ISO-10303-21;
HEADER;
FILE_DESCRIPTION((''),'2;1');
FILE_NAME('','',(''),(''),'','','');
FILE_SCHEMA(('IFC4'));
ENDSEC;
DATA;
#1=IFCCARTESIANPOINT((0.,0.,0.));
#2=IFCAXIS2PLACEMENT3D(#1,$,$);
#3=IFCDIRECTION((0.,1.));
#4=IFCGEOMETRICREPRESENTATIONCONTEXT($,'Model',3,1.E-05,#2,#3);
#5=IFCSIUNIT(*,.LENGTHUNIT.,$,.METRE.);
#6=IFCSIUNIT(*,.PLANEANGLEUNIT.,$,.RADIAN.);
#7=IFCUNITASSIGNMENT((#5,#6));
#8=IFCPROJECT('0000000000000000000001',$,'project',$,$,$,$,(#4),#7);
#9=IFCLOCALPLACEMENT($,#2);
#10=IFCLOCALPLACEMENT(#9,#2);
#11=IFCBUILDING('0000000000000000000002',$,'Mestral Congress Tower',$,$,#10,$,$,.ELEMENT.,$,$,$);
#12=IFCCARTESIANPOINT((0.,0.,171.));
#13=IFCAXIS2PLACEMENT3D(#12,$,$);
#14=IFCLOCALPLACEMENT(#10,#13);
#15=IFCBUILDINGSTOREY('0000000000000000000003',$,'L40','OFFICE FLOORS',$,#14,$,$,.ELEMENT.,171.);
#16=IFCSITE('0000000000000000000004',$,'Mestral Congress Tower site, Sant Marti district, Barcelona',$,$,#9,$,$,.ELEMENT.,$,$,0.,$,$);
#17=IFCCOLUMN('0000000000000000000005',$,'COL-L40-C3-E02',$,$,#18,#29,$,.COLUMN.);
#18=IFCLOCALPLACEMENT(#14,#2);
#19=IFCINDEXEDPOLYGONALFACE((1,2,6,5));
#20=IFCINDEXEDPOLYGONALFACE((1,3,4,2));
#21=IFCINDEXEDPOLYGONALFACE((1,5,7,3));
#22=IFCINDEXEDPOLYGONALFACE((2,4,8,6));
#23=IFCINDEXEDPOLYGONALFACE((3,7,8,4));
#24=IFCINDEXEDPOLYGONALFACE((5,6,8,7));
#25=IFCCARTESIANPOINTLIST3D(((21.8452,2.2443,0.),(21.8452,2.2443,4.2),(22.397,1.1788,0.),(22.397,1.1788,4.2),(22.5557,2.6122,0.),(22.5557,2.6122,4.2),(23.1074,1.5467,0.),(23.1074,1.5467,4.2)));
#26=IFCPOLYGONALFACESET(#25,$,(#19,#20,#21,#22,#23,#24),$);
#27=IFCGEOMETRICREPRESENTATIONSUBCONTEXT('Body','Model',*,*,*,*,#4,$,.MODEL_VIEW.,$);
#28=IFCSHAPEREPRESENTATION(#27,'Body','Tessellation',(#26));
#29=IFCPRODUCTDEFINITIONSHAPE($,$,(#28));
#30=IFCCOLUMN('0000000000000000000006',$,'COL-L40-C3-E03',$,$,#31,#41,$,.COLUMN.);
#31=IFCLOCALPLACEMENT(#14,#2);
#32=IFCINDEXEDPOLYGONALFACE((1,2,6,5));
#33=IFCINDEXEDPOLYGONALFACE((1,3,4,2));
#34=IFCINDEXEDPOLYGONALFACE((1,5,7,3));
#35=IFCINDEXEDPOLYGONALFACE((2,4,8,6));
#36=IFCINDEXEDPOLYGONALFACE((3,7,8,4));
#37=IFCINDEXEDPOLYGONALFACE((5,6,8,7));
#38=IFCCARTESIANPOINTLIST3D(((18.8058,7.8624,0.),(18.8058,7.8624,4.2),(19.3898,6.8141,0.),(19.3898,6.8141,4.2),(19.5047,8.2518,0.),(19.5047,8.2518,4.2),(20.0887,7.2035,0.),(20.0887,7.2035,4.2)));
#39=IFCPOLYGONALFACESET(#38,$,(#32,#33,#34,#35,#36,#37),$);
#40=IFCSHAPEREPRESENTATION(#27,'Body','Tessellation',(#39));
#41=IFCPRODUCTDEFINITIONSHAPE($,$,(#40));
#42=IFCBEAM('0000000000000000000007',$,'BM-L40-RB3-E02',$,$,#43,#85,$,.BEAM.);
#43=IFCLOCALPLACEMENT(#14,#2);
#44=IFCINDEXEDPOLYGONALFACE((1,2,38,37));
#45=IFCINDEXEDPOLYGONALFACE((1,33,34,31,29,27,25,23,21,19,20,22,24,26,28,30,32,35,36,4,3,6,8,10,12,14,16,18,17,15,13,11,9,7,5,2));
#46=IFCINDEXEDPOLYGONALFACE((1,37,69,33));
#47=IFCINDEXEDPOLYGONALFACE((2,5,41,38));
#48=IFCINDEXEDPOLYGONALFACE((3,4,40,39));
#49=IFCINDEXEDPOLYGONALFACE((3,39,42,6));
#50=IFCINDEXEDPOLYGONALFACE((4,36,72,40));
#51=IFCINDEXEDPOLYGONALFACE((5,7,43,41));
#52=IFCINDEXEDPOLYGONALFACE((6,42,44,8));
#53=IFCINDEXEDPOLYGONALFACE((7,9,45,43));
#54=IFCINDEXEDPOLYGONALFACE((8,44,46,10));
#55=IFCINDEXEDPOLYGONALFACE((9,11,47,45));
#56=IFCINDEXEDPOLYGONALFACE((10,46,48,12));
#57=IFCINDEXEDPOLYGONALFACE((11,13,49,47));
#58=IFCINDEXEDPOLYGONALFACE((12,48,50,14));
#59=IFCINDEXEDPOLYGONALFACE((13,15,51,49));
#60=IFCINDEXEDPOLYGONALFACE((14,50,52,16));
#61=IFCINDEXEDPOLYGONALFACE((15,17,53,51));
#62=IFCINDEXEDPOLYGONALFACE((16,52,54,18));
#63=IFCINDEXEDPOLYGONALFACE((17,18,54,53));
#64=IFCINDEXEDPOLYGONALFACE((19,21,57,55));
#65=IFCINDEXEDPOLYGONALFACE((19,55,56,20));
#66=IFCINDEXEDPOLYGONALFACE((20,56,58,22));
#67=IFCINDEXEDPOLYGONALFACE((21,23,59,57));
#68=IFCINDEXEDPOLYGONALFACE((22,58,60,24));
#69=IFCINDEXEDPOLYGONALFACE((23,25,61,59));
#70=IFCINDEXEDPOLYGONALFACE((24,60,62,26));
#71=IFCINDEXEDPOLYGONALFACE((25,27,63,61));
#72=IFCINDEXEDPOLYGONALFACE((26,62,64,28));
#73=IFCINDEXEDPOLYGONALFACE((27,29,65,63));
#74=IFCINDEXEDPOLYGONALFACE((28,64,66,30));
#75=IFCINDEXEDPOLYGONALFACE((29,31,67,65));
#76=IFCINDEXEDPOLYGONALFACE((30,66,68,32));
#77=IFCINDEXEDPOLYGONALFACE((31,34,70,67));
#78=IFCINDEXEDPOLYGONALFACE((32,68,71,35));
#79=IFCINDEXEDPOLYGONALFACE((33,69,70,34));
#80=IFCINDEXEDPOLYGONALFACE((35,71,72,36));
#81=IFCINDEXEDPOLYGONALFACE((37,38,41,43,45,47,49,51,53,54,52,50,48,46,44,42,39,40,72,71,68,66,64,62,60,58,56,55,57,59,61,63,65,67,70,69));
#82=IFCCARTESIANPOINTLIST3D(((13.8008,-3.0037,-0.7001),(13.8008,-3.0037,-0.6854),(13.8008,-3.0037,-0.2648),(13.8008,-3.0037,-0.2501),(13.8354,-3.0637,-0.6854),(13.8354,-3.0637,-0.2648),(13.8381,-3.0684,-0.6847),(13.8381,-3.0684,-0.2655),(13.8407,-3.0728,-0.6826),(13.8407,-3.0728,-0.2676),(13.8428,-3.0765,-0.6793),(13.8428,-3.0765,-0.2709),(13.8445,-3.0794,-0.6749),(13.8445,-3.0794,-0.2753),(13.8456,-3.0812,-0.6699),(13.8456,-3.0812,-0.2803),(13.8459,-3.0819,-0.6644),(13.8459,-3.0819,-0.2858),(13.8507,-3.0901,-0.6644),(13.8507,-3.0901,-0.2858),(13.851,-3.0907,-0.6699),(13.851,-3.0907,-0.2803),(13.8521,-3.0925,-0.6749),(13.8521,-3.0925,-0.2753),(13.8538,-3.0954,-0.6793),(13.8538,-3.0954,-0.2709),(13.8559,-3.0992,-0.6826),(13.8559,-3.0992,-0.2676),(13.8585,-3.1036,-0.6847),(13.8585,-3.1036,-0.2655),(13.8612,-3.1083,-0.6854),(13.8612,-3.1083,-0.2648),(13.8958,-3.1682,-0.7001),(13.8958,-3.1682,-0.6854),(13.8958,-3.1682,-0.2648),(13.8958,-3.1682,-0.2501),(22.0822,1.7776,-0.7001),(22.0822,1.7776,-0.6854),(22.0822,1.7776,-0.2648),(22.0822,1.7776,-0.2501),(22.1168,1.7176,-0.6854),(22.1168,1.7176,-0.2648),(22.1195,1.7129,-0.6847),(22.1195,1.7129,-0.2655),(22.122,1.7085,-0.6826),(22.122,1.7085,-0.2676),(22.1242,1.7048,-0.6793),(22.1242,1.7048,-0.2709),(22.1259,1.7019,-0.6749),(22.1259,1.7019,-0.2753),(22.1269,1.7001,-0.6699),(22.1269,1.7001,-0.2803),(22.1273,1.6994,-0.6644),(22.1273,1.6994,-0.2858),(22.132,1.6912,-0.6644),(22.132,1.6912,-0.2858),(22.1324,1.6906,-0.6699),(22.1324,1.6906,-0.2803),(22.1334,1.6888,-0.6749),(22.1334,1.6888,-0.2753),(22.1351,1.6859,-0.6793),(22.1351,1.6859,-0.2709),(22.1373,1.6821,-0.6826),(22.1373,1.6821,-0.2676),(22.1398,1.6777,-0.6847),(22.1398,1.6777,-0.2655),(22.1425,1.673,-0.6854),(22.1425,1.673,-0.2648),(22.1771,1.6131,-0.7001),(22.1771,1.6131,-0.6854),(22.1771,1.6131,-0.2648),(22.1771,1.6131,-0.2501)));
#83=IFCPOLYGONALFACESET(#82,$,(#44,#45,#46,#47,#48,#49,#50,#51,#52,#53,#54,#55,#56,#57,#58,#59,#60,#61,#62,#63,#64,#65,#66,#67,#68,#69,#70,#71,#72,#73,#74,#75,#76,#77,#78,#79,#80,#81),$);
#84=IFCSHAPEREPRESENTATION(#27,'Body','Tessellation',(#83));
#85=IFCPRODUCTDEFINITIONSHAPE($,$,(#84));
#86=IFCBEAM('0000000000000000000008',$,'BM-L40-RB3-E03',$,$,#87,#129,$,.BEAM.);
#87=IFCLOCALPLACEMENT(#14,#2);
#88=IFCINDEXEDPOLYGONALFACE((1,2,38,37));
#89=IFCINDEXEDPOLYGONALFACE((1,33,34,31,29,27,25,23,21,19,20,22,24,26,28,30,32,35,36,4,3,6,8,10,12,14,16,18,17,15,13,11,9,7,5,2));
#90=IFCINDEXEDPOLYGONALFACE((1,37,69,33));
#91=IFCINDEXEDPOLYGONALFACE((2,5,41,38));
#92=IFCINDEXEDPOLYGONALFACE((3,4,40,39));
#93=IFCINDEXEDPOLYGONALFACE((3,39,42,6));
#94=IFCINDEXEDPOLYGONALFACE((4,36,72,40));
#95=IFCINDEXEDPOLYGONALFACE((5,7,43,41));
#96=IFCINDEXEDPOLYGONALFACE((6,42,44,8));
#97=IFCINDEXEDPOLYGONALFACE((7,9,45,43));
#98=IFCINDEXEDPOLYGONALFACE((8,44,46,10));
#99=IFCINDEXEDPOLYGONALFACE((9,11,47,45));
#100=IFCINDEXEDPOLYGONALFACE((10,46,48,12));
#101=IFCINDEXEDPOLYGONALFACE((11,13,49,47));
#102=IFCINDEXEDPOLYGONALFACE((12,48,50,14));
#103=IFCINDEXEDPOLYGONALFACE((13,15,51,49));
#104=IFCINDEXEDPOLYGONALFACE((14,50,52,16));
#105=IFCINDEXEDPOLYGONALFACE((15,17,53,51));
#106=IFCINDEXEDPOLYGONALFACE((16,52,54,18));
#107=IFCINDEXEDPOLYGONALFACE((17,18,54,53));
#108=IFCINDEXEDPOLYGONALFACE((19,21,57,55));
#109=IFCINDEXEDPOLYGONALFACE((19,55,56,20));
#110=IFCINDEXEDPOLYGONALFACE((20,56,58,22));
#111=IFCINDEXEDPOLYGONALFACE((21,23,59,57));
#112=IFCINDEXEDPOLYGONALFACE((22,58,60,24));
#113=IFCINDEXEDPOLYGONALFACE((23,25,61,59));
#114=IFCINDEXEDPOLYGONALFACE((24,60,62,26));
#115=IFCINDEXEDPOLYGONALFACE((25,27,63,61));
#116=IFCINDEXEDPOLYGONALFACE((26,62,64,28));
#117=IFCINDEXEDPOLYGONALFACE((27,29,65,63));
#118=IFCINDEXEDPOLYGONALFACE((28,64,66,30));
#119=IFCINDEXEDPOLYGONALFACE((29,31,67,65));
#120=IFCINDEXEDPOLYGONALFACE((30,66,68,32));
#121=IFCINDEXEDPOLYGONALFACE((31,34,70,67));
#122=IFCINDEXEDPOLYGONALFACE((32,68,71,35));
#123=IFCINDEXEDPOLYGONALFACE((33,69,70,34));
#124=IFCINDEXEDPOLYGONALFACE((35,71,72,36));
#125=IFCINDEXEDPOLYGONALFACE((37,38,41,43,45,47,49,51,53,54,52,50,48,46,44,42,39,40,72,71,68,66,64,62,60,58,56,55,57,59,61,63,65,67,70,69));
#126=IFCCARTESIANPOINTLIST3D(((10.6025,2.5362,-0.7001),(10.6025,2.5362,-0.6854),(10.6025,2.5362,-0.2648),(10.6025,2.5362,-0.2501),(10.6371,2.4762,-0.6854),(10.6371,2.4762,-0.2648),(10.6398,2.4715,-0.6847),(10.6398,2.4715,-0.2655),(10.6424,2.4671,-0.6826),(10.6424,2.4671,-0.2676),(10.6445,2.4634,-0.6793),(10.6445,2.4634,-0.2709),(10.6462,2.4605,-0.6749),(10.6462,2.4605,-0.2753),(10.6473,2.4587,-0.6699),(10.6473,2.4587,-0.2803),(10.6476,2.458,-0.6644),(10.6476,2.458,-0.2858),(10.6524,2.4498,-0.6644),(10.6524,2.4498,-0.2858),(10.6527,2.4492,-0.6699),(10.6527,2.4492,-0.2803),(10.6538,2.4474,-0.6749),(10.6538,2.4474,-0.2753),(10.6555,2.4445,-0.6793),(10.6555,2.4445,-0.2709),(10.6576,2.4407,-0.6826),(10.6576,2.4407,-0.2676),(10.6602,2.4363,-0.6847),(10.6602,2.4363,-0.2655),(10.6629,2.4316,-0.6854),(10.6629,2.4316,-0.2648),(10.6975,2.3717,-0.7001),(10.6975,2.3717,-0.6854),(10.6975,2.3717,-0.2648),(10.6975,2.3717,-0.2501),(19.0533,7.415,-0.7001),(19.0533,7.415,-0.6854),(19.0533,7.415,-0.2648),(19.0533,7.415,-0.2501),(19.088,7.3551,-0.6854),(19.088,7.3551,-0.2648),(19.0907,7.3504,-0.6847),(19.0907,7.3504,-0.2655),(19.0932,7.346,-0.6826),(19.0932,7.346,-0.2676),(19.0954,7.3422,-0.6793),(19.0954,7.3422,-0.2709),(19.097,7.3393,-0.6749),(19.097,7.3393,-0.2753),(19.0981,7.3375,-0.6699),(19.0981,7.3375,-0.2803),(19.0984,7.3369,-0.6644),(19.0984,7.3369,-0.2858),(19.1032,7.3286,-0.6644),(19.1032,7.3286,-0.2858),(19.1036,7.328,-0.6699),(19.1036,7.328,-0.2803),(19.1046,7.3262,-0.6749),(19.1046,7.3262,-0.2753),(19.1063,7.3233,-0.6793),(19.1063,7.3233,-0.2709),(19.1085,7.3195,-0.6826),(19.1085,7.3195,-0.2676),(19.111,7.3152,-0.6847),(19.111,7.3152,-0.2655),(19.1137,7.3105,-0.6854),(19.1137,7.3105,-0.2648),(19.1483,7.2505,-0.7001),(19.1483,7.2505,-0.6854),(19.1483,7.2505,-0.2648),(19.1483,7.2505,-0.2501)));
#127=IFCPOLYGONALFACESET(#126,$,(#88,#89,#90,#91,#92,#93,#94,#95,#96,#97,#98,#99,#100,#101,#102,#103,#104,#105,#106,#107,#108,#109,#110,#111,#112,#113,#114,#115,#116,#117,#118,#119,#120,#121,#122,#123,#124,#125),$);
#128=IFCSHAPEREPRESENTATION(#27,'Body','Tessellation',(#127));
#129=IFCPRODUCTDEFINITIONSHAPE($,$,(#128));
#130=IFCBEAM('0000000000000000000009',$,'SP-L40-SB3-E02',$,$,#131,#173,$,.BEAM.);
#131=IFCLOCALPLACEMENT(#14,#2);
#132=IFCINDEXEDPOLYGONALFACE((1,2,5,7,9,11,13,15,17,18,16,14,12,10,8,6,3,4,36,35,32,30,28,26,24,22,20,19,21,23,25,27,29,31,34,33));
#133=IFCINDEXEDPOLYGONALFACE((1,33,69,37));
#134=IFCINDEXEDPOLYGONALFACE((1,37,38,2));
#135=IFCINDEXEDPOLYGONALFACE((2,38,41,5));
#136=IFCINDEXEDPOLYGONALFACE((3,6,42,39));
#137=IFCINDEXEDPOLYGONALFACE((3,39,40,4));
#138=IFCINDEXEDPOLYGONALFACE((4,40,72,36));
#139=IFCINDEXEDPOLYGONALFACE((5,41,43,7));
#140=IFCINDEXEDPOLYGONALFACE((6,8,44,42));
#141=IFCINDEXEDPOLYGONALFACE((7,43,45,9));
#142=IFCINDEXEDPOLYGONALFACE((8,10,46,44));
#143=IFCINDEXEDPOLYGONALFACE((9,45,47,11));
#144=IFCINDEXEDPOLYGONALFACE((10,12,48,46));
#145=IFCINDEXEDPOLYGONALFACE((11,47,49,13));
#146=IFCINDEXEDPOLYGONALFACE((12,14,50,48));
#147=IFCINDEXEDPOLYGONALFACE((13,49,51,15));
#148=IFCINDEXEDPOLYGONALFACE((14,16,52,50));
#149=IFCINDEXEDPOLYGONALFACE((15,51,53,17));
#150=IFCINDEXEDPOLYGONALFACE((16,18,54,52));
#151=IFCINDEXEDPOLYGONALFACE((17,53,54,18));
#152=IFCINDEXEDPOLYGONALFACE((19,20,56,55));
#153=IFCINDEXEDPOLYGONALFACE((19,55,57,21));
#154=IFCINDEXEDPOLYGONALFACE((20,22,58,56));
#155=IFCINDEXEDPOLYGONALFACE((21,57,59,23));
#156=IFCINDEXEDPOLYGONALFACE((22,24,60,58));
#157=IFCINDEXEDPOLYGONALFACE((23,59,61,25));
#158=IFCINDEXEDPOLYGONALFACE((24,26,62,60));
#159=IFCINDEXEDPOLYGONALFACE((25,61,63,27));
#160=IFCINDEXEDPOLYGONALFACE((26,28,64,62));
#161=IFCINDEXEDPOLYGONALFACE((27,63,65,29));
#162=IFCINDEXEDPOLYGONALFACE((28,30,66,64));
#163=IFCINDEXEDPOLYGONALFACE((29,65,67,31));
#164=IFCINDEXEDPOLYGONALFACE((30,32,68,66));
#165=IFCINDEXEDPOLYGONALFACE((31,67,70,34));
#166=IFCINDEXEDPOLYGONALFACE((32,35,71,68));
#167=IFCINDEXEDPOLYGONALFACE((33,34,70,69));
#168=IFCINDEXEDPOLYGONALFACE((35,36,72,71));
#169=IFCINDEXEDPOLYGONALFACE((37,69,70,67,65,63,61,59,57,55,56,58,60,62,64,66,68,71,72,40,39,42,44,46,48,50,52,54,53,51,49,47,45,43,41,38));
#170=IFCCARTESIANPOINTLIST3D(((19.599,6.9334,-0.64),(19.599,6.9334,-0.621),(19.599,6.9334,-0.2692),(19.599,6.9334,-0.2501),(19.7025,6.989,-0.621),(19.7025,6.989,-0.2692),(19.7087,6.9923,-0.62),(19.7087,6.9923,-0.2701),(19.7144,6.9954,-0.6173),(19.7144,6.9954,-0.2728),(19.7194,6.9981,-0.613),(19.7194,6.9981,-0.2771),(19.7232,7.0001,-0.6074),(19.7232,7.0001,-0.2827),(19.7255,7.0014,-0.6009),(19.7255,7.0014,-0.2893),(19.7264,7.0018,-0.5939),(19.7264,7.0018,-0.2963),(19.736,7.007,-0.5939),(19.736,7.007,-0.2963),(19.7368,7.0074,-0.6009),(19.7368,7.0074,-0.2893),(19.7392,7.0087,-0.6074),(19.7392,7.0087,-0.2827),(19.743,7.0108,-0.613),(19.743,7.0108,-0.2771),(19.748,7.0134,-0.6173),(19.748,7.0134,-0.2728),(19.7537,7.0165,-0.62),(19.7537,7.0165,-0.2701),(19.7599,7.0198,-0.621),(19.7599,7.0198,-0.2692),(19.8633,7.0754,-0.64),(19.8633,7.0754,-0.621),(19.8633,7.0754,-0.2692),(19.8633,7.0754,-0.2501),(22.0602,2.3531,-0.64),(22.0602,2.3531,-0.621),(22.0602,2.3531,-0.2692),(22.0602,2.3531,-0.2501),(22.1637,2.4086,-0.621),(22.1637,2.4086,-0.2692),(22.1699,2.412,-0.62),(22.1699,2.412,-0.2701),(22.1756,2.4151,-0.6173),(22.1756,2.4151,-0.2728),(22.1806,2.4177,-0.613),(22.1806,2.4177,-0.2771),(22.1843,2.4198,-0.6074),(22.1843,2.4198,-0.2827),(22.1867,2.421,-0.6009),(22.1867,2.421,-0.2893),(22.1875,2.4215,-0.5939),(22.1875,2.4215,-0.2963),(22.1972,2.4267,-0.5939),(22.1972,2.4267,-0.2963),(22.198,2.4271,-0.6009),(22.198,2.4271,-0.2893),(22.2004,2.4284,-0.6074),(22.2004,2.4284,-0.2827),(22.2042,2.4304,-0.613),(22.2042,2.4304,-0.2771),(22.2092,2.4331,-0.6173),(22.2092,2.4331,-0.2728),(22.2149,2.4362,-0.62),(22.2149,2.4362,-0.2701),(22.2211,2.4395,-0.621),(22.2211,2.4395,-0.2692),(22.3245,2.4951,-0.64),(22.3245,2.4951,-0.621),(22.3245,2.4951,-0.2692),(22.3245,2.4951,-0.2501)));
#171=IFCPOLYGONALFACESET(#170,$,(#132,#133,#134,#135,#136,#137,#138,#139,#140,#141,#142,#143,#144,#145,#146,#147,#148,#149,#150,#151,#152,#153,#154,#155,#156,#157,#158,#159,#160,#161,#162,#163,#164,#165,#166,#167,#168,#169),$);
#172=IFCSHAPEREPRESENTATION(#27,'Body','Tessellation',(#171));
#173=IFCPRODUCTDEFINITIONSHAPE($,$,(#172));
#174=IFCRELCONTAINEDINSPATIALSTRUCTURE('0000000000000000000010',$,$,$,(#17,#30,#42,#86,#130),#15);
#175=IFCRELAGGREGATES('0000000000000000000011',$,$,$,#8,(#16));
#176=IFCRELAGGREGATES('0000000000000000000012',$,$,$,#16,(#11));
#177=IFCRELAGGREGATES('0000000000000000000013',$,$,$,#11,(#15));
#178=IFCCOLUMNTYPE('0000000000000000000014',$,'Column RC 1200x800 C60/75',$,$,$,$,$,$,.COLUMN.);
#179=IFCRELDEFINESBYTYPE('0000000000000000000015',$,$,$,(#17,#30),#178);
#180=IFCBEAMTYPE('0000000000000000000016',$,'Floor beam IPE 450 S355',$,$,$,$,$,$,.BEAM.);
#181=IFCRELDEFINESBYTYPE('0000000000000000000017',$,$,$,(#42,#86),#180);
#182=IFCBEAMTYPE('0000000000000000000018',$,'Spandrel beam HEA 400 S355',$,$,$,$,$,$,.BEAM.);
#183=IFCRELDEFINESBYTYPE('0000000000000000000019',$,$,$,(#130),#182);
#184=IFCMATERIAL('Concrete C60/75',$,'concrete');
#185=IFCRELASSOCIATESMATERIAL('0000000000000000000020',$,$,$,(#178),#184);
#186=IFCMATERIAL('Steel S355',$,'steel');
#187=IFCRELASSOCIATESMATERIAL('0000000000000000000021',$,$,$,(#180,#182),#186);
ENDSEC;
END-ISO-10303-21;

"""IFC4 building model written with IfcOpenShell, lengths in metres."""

from ifc_helpers import new_model, si_unit, direction, frame, origin, origin_2d, place, context, subcontext, project, spatial, rectangle, i_section, extrude, material, material_profile, profile_set, type_object, element, save


model = new_model("IFC4")

# Units and contexts
model_context = context("Model", 3, precision=1e-05, world=origin(), true_north=direction((0.0, 1.0)))
body_context = subcontext(model_context, "Body", "Model", "MODEL_VIEW")
ifc_project = project(units=[si_unit("LENGTHUNIT", "METRE"), si_unit("PLANEANGLEUNIT", "RADIAN")], contexts=[model_context])

# Site, building, storey
site_placement = place(None, origin())
site = spatial("IfcSite", under=ifc_project, at=site_placement, Name="Mestral Congress Tower site, Sant Marti district, Barcelona", CompositionType="ELEMENT", RefElevation=0.0)
building_placement = place(site_placement, origin())
building = spatial("IfcBuilding", under=site, at=building_placement, Name="Mestral Congress Tower", CompositionType="ELEMENT")
storey_placement = place(building_placement, frame((0.0, 0.0, 171.0)))
storey = spatial("IfcBuildingStorey", under=building, at=storey_placement, Name="L40", Description="OFFICE FLOORS", CompositionType="ELEMENT", Elevation=171.0)

# Columns
ifc_material_1 = material(Name="Concrete C60/75", Category="concrete")
ifc_material_profile_1 = material_profile(ifc_material_1, rectangle(XDim=1.2, YDim=0.8, at=origin_2d()), Name="RC 1200x800")
ifc_profile_set_1 = profile_set([ifc_material_profile_1], Name="Concrete C60/75")
column_type = type_object("IfcColumnType", Name="Column RC 1200x800 C60/75", PredefinedType="COLUMN", material=ifc_profile_set_1)
for number, where, z_axis, x_axis, name in (
    (1, (22.4763, 1.8955, 0.0), (0.0, 0.0, 1.0), (-0.459837, 0.888003, 0.0), "COL-L40-C3-E02"),
    (2, (19.4473, 7.533, 0.0), (0.0, 0.0, 1.0), (-0.486724, 0.873556, 0.0), "COL-L40-C3-E03"),
):
    element("IfcColumn", number, at=place(storey_placement, frame(where, z_axis=z_axis, x_axis=x_axis)), inside=storey, type_object=column_type, Name=name, PredefinedType="COLUMN", context=body_context, shape_type="SweptSolid", body=[
        extrude(rectangle(XDim=1.2, YDim=0.8, at=origin_2d()), origin(), (0.0, 0.0, 1.0), 4.2),
    ])

# Beams
ifc_material_2 = material(Name="Steel S355", Category="steel")
ifc_material_profile_2 = material_profile(ifc_material_2, i_section(OverallWidth=0.1899, OverallDepth=0.45, WebThickness=0.0095, FlangeThickness=0.0146, FilletRadius=0.021, at=origin_2d()), Name="IPE 450")
ifc_profile_set_2 = profile_set([ifc_material_profile_2], Name="Steel S355")
beam_type_1 = type_object("IfcBeamType", Name="Floor beam IPE 450 S355", PredefinedType="BEAM", material=ifc_profile_set_2)
beam_1_placement = place(storey_placement, frame((22.1296, 1.6953, -0.4751), z_axis=(-0.866022, -0.500005, 0.0), x_axis=(0.500005, -0.866022, 0.0)))
element("IfcBeam", 3, at=beam_1_placement, inside=storey, type_object=beam_type_1, Name="BM-L40-RB3-E02", PredefinedType="BEAM", context=body_context, shape_type="SweptSolid", body=[
    extrude(i_section(OverallWidth=0.1899, OverallDepth=0.45, WebThickness=0.0095, FlangeThickness=0.0146, FilletRadius=0.021, at=origin_2d()), origin(), (0.0, 0.0, 1.0), 9.5625),
])
beam_2_placement = place(storey_placement, frame((19.1008, 7.3328, -0.4751), z_axis=(-0.866036, -0.499982, 0.0), x_axis=(0.499982, -0.866036, 0.0)))
element("IfcBeam", 4, at=beam_2_placement, inside=storey, type_object=beam_type_1, Name="BM-L40-RB3-E03", PredefinedType="BEAM", context=body_context, shape_type="SweptSolid", body=[
    extrude(i_section(OverallWidth=0.1899, OverallDepth=0.45, WebThickness=0.0095, FlangeThickness=0.0146, FilletRadius=0.021, at=origin_2d()), origin(), (0.0, 0.0, 1.0), 9.7581),
])
ifc_material_profile_3 = material_profile(ifc_material_2, i_section(OverallWidth=0.3, OverallDepth=0.3899, WebThickness=0.011, FlangeThickness=0.019, FilletRadius=0.0271, at=origin_2d()), Name="HEA 400")
ifc_profile_set_3 = profile_set([ifc_material_profile_3], Name="Steel S355")
beam_type_2 = type_object("IfcBeamType", Name="Spandrel beam HEA 400 S355", PredefinedType="BEAM", material=ifc_profile_set_3)
for number, where, z_axis, x_axis, name in (
    (5, (22.1924, 2.4241, -0.4451), (-0.473332, 0.880884, 0.0), (-0.880884, -0.473332, 0.0), "SP-L40-SB3-E02"),
):
    element("IfcBeam", number, at=place(storey_placement, frame(where, z_axis=z_axis, x_axis=x_axis)), inside=storey, type_object=beam_type_2, Name=name, PredefinedType="BEAM", context=body_context, shape_type="SweptSolid", body=[
        extrude(i_section(OverallWidth=0.3, OverallDepth=0.3899, WebThickness=0.011, FlangeThickness=0.019, FilletRadius=0.0271, at=origin_2d()), origin(), (0.0, 0.0, 1.0), 5.1997),
    ])

save(model, "model.ifc")
